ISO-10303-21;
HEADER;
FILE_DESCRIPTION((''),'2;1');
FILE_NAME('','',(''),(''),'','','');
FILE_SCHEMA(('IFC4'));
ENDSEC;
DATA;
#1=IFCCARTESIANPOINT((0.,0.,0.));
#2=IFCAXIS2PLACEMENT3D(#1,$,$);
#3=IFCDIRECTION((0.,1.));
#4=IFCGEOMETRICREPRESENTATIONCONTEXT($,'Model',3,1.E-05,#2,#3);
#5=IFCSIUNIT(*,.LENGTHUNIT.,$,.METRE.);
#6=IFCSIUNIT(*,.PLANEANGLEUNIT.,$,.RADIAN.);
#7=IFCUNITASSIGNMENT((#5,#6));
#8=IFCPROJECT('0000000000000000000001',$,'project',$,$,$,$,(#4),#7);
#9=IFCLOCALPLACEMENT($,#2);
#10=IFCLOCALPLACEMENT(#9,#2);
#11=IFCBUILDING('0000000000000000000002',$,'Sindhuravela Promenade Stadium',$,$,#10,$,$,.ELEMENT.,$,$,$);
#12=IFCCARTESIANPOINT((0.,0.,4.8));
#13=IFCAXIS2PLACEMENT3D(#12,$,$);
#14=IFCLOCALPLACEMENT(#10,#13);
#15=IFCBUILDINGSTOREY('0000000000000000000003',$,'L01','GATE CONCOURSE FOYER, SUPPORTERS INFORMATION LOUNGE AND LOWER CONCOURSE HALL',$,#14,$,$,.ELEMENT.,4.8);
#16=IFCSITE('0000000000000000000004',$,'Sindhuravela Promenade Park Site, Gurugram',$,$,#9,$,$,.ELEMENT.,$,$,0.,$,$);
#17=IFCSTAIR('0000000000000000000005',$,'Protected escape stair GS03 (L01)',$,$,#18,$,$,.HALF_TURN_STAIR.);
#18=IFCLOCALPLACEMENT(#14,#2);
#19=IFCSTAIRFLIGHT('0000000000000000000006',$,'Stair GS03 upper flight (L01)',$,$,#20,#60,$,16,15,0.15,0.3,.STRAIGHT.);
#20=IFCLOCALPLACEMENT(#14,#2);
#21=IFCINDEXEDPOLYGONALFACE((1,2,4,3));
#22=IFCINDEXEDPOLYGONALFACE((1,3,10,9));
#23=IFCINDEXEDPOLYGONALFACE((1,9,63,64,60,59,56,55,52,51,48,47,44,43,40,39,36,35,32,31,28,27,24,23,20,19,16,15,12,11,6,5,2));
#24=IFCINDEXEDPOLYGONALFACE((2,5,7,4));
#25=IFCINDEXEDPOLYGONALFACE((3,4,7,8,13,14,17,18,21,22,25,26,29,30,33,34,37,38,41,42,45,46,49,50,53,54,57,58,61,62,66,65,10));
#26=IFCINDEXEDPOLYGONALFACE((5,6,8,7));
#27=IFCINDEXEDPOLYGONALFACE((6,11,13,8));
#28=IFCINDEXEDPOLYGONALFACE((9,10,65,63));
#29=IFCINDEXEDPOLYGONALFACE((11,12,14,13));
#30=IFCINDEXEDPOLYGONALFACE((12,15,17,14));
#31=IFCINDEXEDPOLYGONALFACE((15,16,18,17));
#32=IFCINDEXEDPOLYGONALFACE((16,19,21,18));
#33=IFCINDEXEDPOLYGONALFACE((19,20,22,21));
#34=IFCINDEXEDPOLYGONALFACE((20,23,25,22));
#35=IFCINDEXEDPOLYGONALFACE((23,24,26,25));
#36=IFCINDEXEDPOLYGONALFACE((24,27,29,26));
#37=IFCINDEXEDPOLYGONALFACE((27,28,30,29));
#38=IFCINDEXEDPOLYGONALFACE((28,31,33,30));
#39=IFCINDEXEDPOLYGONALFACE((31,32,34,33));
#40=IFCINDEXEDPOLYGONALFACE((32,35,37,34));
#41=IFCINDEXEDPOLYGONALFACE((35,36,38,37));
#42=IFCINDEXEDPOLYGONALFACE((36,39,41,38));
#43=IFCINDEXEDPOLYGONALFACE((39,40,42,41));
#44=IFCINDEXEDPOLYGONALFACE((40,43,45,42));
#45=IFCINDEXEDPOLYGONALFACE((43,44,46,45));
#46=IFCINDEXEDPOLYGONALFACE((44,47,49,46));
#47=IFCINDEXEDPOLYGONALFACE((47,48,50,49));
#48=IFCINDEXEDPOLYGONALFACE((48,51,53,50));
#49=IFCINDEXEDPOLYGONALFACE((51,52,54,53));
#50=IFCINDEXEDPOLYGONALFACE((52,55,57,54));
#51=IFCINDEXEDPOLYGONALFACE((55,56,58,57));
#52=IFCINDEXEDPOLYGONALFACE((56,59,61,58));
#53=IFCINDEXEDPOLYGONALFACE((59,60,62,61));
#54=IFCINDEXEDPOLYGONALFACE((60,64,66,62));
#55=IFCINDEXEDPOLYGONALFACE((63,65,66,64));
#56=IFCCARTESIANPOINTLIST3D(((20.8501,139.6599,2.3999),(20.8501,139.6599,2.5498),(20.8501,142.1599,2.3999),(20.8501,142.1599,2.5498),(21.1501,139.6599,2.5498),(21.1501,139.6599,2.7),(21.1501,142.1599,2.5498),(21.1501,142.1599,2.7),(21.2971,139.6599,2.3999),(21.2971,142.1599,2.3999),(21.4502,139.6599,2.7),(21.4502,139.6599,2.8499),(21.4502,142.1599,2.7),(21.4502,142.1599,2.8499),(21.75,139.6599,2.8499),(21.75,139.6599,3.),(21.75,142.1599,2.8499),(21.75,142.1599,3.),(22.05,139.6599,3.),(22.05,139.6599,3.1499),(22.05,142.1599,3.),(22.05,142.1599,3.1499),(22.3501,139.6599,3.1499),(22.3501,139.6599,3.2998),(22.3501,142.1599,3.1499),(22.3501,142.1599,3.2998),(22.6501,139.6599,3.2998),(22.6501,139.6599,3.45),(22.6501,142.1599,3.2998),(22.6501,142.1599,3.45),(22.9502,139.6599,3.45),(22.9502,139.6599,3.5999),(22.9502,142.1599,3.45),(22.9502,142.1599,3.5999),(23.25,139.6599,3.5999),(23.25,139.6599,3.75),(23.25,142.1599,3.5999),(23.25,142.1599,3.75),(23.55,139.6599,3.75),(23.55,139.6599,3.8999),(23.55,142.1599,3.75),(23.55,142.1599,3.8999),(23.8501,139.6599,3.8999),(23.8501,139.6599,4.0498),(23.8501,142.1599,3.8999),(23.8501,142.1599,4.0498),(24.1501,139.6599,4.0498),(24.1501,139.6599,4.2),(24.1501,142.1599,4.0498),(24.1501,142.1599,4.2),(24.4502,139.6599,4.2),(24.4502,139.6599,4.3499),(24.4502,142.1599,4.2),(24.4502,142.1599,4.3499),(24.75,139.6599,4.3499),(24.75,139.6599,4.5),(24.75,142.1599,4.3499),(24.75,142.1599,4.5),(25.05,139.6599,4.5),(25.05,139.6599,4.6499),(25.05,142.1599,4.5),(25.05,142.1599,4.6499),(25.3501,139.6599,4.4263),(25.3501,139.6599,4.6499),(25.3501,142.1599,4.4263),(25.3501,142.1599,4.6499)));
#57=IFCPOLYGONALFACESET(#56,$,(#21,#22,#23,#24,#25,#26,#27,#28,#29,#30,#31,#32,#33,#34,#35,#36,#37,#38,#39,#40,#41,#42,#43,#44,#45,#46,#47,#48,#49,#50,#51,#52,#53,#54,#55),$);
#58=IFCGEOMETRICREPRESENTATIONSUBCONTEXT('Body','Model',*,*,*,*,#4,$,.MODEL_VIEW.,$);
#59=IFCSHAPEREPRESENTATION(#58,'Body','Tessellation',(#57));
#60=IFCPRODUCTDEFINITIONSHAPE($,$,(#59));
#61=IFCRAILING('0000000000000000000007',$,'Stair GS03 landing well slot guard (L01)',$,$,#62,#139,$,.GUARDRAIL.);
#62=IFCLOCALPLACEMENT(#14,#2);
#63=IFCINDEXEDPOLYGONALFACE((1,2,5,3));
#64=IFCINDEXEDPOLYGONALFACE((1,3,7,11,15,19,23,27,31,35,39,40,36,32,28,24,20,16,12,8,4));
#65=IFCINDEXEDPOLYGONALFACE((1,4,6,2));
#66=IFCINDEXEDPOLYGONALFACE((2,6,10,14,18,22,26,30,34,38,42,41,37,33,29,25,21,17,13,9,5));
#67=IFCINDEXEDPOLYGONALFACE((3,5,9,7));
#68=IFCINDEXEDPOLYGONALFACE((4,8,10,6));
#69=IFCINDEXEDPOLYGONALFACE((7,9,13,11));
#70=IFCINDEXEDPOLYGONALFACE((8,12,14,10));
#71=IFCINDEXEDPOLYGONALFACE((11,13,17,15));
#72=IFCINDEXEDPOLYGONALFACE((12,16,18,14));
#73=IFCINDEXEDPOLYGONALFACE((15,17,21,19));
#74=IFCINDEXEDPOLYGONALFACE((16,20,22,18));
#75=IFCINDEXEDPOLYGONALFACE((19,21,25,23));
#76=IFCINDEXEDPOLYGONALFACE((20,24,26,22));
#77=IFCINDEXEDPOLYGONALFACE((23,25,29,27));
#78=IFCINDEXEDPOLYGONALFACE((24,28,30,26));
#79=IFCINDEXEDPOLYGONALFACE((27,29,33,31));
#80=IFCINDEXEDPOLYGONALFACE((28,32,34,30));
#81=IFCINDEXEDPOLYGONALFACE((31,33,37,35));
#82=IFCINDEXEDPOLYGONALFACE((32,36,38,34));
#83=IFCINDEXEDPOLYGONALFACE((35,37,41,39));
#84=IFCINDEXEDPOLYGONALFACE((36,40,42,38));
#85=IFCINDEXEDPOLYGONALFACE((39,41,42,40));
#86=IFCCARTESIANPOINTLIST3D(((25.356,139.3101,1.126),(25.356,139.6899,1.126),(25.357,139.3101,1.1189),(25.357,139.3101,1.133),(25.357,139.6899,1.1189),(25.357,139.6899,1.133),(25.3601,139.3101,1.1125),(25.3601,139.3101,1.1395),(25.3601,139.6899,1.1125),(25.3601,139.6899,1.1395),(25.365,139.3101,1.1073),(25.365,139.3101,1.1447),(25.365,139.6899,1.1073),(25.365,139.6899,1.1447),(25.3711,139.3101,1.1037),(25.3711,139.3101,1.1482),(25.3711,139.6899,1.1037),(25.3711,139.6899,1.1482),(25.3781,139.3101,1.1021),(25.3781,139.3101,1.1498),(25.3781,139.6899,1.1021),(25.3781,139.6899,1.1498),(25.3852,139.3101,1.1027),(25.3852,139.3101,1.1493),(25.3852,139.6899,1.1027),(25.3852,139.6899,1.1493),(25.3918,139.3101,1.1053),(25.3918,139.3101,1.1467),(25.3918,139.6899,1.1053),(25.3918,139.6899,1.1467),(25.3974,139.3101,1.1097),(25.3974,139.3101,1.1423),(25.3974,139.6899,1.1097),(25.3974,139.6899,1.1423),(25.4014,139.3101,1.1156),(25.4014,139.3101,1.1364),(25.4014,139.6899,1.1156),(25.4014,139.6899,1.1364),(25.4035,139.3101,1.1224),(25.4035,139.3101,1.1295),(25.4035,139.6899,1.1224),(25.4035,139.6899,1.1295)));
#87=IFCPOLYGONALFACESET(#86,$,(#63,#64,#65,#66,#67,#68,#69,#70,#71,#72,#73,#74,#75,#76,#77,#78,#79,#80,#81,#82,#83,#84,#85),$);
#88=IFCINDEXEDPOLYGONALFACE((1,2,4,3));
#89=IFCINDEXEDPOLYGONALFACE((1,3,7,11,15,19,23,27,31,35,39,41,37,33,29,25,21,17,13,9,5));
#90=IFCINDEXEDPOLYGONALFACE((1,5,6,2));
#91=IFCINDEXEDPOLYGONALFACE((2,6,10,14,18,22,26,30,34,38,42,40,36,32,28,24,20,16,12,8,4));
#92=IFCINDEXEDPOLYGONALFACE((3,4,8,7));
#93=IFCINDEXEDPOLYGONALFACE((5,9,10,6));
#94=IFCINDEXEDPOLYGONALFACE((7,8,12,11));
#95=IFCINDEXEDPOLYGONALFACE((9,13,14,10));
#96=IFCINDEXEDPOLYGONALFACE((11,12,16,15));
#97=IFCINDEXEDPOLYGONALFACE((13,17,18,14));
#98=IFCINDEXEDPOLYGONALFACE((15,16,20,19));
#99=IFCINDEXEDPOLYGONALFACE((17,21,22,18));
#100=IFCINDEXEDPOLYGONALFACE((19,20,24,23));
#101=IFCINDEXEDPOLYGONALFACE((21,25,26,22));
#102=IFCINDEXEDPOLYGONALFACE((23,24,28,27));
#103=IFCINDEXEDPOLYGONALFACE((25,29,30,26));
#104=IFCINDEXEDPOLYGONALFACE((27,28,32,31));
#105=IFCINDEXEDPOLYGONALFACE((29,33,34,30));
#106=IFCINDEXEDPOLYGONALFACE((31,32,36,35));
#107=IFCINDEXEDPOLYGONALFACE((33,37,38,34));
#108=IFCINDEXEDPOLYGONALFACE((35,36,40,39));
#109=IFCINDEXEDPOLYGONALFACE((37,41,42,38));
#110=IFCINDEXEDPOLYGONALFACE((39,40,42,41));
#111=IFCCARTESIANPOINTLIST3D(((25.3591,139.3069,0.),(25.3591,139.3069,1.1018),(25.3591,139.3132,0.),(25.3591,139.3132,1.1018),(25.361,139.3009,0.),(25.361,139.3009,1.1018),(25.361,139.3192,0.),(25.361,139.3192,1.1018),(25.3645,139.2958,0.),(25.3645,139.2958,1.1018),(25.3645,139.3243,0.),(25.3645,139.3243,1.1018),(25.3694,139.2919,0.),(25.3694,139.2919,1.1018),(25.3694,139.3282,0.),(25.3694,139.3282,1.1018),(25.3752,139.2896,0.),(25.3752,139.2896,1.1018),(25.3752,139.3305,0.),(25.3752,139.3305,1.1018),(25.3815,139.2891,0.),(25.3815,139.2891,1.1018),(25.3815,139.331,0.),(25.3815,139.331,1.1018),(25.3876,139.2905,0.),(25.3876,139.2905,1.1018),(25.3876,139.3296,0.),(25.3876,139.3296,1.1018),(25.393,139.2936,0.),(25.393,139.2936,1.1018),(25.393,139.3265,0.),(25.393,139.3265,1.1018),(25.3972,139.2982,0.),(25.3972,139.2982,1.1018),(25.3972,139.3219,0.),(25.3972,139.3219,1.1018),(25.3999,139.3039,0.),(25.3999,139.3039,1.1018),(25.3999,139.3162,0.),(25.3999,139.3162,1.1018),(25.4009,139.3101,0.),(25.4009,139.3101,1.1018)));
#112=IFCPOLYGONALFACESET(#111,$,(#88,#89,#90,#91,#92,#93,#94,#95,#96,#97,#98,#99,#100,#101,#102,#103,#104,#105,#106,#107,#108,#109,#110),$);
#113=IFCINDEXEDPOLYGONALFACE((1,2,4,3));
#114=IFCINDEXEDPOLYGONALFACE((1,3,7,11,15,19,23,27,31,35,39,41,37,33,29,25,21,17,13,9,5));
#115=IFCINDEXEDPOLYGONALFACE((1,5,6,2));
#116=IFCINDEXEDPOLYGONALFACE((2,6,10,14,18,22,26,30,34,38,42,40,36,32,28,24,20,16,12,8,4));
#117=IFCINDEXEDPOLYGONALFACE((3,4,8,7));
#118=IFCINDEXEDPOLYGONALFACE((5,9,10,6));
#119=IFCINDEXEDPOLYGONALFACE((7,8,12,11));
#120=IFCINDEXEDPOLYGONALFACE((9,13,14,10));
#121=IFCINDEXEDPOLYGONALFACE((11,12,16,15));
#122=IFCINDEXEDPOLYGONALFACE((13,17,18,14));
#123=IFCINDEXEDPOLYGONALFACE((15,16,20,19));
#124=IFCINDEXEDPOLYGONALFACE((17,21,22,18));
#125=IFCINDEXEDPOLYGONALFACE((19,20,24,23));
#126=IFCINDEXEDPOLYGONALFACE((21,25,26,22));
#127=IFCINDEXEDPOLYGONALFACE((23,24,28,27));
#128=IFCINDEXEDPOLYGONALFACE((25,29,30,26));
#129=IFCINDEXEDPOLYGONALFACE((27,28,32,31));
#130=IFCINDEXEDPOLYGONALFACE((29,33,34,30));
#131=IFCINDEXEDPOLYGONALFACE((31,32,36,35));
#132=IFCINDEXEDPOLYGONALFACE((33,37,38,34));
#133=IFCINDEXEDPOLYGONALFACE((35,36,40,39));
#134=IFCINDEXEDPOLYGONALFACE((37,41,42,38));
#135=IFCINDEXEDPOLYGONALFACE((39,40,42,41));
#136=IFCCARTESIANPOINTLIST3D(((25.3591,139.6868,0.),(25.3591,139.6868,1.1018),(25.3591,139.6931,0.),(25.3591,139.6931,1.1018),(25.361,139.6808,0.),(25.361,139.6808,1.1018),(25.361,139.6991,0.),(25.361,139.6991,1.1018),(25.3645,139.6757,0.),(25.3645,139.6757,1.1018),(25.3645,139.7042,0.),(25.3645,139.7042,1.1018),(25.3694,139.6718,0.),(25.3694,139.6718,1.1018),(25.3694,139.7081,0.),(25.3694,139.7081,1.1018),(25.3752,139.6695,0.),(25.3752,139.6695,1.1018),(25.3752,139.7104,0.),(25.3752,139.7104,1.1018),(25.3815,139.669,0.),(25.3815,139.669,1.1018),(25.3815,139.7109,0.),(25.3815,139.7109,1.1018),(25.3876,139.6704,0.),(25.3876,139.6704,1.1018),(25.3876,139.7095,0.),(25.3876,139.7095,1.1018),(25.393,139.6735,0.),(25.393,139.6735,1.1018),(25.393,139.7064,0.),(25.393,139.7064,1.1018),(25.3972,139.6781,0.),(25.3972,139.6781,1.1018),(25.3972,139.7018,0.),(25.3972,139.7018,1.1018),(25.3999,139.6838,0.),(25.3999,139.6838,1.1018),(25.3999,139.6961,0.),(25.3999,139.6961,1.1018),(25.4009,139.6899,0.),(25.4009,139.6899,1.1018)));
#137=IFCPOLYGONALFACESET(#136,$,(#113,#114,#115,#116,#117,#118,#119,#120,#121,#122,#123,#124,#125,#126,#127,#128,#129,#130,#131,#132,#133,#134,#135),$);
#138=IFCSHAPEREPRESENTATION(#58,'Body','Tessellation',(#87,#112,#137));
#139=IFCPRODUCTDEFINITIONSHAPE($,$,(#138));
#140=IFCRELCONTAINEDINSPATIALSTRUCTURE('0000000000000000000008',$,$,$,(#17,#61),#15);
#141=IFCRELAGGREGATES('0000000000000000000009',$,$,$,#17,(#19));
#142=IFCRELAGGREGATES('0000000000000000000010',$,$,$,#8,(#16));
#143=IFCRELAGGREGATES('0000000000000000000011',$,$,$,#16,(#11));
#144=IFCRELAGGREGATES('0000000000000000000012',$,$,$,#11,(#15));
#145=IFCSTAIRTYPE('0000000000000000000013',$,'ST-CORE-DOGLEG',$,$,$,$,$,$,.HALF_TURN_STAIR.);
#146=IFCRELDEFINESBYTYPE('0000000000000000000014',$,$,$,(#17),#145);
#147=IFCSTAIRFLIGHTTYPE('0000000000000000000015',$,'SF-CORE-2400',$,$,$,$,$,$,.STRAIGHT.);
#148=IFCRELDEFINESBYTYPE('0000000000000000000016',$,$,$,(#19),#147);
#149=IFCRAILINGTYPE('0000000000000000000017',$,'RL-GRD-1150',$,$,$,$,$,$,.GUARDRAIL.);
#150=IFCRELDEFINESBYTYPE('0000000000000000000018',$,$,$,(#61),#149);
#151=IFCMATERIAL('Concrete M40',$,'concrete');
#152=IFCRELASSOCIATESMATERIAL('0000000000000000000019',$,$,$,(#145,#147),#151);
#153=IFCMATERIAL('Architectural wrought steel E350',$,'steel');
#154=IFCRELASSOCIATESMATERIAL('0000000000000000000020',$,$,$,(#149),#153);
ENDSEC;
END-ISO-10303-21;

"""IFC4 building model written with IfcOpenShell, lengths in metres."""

from ifc_helpers import new_model, si_unit, direction, frame, origin, origin_2d, place, context, subcontext, project, spatial, polyline, circle, outline, extrude, material, type_object, element, aggregate, save


model = new_model("IFC4")

# Units and contexts
model_context = context("Model", 3, precision=1e-05, world=origin(), true_north=direction((0.0, 1.0)))
body_context = subcontext(model_context, "Body", "Model", "MODEL_VIEW")
ifc_project = project(units=[si_unit("LENGTHUNIT", "METRE"), si_unit("PLANEANGLEUNIT", "RADIAN")], contexts=[model_context])

# Site, building, storey
site_placement = place(None, origin())
site = spatial("IfcSite", under=ifc_project, at=site_placement, Name="Sindhuravela Promenade Park Site, Gurugram", CompositionType="ELEMENT", RefElevation=0.0)
building_placement = place(site_placement, origin())
building = spatial("IfcBuilding", under=site, at=building_placement, Name="Sindhuravela Promenade Stadium", CompositionType="ELEMENT")
storey_placement = place(building_placement, frame((0.0, 0.0, 4.8)))
storey = spatial("IfcBuildingStorey", under=building, at=storey_placement, Name="L01", Description="GATE CONCOURSE FOYER, SUPPORTERS INFORMATION LOUNGE AND LOWER CONCOURSE HALL", CompositionType="ELEMENT", Elevation=4.8)

# Shared definitions
ifc_material_1 = material(Name="Concrete M40", Category="concrete")

# Shared definitions
ifc_material_2 = material(Name="Architectural wrought steel E350", Category="steel")

# Stair, stair flight
stair_type = type_object("IfcStairType", Name="ST-CORE-DOGLEG", PredefinedType="HALF_TURN_STAIR", material=ifc_material_1)
stair_placement = place(storey_placement, origin())
stair = element("IfcStair", 1, at=stair_placement, inside=storey, type_object=stair_type, Name="Protected escape stair GS03 (L01)", PredefinedType="HALF_TURN_STAIR")
stair_flight_type = type_object("IfcStairFlightType", Name="SF-CORE-2400", PredefinedType="STRAIGHT", material=ifc_material_1)
stair_flight_1_placement = place(storey_placement, frame((20.8501, 140.9099, 2.3999), z_axis=(0.0, 0.0, 1.0), x_axis=(1.0, 0.0, 0.0)))
stair_flight_1 = element("IfcStairFlight", 2, at=stair_flight_1_placement, type_object=stair_flight_type, Name="Stair GS03 upper flight (L01)", NumberOfRisers=16, NumberOfTreads=15, PredefinedType="STRAIGHT", RiserHeight=0.15, TreadLength=0.3, context=body_context, shape_type="SweptSolid", body=[
    extrude(outline(polyline([(0.0, 0.0), (0.0, 0.1499), (0.3, 0.1499), (0.3, 0.3), (0.6001, 0.3), (0.6001, 0.45), (0.8999, 0.45), (0.8999, 0.6001), (1.2, 0.6001), (1.2, 0.75), (1.5, 0.75), (1.5, 0.8999), (1.8, 0.8999), (1.8, 1.05), (2.1001, 1.05), (2.1001, 1.2), (2.3999, 1.2), (2.3999, 1.3501), (2.7, 1.3501), (2.7, 1.5), (3.0, 1.5), (3.0, 1.6499), (3.3, 1.6499), (3.3, 1.8), (3.6001, 1.8), (3.6001, 1.95), (3.8999, 1.95), (3.8999, 2.1001), (4.2, 2.1001), (4.2, 2.25), (4.5, 2.25), (4.5, 2.3999), (4.5, 2.0264), (0.447, 0.0), (0.0, 0.0)])), frame((0.0, 1.25, 0.0), z_axis=(0.0, -1.0, 0.0), x_axis=(1.0, 0.0, 0.0)), (0.0, 0.0, 1.0), 2.5),
])
aggregate(stair, [stair_flight_1])

# Railing
railing_type_1 = type_object("IfcRailingType", Name="RL-GRD-1150", PredefinedType="GUARDRAIL", material=ifc_material_2)
railing_1_placement = place(storey_placement, frame((25.3799, 139.3101, 0.0)))
element("IfcRailing", 3, at=railing_1_placement, inside=storey, type_object=railing_type_1, Name="Stair GS03 landing well slot guard (L01)", PredefinedType="GUARDRAIL", context=body_context, shape_type="SweptSolid", body=[
    extrude(circle(Radius=0.0239, at=origin_2d()), frame((0.0, 0.0, 1.126), z_axis=(0.0, 1.0, 0.0), x_axis=(-1.0, 0.0, 0.0)), (0.0, 0.0, 1.0), 0.3799),
    extrude(circle(Radius=0.021, at=origin_2d()), origin(), (0.0, 0.0, 1.0), 1.1018),
    extrude(circle(Radius=0.021, at=origin_2d()), frame((0.0, 0.3799, 0.0)), (0.0, 0.0, 1.0), 1.1018),
])

save(model, "model.ifc")
